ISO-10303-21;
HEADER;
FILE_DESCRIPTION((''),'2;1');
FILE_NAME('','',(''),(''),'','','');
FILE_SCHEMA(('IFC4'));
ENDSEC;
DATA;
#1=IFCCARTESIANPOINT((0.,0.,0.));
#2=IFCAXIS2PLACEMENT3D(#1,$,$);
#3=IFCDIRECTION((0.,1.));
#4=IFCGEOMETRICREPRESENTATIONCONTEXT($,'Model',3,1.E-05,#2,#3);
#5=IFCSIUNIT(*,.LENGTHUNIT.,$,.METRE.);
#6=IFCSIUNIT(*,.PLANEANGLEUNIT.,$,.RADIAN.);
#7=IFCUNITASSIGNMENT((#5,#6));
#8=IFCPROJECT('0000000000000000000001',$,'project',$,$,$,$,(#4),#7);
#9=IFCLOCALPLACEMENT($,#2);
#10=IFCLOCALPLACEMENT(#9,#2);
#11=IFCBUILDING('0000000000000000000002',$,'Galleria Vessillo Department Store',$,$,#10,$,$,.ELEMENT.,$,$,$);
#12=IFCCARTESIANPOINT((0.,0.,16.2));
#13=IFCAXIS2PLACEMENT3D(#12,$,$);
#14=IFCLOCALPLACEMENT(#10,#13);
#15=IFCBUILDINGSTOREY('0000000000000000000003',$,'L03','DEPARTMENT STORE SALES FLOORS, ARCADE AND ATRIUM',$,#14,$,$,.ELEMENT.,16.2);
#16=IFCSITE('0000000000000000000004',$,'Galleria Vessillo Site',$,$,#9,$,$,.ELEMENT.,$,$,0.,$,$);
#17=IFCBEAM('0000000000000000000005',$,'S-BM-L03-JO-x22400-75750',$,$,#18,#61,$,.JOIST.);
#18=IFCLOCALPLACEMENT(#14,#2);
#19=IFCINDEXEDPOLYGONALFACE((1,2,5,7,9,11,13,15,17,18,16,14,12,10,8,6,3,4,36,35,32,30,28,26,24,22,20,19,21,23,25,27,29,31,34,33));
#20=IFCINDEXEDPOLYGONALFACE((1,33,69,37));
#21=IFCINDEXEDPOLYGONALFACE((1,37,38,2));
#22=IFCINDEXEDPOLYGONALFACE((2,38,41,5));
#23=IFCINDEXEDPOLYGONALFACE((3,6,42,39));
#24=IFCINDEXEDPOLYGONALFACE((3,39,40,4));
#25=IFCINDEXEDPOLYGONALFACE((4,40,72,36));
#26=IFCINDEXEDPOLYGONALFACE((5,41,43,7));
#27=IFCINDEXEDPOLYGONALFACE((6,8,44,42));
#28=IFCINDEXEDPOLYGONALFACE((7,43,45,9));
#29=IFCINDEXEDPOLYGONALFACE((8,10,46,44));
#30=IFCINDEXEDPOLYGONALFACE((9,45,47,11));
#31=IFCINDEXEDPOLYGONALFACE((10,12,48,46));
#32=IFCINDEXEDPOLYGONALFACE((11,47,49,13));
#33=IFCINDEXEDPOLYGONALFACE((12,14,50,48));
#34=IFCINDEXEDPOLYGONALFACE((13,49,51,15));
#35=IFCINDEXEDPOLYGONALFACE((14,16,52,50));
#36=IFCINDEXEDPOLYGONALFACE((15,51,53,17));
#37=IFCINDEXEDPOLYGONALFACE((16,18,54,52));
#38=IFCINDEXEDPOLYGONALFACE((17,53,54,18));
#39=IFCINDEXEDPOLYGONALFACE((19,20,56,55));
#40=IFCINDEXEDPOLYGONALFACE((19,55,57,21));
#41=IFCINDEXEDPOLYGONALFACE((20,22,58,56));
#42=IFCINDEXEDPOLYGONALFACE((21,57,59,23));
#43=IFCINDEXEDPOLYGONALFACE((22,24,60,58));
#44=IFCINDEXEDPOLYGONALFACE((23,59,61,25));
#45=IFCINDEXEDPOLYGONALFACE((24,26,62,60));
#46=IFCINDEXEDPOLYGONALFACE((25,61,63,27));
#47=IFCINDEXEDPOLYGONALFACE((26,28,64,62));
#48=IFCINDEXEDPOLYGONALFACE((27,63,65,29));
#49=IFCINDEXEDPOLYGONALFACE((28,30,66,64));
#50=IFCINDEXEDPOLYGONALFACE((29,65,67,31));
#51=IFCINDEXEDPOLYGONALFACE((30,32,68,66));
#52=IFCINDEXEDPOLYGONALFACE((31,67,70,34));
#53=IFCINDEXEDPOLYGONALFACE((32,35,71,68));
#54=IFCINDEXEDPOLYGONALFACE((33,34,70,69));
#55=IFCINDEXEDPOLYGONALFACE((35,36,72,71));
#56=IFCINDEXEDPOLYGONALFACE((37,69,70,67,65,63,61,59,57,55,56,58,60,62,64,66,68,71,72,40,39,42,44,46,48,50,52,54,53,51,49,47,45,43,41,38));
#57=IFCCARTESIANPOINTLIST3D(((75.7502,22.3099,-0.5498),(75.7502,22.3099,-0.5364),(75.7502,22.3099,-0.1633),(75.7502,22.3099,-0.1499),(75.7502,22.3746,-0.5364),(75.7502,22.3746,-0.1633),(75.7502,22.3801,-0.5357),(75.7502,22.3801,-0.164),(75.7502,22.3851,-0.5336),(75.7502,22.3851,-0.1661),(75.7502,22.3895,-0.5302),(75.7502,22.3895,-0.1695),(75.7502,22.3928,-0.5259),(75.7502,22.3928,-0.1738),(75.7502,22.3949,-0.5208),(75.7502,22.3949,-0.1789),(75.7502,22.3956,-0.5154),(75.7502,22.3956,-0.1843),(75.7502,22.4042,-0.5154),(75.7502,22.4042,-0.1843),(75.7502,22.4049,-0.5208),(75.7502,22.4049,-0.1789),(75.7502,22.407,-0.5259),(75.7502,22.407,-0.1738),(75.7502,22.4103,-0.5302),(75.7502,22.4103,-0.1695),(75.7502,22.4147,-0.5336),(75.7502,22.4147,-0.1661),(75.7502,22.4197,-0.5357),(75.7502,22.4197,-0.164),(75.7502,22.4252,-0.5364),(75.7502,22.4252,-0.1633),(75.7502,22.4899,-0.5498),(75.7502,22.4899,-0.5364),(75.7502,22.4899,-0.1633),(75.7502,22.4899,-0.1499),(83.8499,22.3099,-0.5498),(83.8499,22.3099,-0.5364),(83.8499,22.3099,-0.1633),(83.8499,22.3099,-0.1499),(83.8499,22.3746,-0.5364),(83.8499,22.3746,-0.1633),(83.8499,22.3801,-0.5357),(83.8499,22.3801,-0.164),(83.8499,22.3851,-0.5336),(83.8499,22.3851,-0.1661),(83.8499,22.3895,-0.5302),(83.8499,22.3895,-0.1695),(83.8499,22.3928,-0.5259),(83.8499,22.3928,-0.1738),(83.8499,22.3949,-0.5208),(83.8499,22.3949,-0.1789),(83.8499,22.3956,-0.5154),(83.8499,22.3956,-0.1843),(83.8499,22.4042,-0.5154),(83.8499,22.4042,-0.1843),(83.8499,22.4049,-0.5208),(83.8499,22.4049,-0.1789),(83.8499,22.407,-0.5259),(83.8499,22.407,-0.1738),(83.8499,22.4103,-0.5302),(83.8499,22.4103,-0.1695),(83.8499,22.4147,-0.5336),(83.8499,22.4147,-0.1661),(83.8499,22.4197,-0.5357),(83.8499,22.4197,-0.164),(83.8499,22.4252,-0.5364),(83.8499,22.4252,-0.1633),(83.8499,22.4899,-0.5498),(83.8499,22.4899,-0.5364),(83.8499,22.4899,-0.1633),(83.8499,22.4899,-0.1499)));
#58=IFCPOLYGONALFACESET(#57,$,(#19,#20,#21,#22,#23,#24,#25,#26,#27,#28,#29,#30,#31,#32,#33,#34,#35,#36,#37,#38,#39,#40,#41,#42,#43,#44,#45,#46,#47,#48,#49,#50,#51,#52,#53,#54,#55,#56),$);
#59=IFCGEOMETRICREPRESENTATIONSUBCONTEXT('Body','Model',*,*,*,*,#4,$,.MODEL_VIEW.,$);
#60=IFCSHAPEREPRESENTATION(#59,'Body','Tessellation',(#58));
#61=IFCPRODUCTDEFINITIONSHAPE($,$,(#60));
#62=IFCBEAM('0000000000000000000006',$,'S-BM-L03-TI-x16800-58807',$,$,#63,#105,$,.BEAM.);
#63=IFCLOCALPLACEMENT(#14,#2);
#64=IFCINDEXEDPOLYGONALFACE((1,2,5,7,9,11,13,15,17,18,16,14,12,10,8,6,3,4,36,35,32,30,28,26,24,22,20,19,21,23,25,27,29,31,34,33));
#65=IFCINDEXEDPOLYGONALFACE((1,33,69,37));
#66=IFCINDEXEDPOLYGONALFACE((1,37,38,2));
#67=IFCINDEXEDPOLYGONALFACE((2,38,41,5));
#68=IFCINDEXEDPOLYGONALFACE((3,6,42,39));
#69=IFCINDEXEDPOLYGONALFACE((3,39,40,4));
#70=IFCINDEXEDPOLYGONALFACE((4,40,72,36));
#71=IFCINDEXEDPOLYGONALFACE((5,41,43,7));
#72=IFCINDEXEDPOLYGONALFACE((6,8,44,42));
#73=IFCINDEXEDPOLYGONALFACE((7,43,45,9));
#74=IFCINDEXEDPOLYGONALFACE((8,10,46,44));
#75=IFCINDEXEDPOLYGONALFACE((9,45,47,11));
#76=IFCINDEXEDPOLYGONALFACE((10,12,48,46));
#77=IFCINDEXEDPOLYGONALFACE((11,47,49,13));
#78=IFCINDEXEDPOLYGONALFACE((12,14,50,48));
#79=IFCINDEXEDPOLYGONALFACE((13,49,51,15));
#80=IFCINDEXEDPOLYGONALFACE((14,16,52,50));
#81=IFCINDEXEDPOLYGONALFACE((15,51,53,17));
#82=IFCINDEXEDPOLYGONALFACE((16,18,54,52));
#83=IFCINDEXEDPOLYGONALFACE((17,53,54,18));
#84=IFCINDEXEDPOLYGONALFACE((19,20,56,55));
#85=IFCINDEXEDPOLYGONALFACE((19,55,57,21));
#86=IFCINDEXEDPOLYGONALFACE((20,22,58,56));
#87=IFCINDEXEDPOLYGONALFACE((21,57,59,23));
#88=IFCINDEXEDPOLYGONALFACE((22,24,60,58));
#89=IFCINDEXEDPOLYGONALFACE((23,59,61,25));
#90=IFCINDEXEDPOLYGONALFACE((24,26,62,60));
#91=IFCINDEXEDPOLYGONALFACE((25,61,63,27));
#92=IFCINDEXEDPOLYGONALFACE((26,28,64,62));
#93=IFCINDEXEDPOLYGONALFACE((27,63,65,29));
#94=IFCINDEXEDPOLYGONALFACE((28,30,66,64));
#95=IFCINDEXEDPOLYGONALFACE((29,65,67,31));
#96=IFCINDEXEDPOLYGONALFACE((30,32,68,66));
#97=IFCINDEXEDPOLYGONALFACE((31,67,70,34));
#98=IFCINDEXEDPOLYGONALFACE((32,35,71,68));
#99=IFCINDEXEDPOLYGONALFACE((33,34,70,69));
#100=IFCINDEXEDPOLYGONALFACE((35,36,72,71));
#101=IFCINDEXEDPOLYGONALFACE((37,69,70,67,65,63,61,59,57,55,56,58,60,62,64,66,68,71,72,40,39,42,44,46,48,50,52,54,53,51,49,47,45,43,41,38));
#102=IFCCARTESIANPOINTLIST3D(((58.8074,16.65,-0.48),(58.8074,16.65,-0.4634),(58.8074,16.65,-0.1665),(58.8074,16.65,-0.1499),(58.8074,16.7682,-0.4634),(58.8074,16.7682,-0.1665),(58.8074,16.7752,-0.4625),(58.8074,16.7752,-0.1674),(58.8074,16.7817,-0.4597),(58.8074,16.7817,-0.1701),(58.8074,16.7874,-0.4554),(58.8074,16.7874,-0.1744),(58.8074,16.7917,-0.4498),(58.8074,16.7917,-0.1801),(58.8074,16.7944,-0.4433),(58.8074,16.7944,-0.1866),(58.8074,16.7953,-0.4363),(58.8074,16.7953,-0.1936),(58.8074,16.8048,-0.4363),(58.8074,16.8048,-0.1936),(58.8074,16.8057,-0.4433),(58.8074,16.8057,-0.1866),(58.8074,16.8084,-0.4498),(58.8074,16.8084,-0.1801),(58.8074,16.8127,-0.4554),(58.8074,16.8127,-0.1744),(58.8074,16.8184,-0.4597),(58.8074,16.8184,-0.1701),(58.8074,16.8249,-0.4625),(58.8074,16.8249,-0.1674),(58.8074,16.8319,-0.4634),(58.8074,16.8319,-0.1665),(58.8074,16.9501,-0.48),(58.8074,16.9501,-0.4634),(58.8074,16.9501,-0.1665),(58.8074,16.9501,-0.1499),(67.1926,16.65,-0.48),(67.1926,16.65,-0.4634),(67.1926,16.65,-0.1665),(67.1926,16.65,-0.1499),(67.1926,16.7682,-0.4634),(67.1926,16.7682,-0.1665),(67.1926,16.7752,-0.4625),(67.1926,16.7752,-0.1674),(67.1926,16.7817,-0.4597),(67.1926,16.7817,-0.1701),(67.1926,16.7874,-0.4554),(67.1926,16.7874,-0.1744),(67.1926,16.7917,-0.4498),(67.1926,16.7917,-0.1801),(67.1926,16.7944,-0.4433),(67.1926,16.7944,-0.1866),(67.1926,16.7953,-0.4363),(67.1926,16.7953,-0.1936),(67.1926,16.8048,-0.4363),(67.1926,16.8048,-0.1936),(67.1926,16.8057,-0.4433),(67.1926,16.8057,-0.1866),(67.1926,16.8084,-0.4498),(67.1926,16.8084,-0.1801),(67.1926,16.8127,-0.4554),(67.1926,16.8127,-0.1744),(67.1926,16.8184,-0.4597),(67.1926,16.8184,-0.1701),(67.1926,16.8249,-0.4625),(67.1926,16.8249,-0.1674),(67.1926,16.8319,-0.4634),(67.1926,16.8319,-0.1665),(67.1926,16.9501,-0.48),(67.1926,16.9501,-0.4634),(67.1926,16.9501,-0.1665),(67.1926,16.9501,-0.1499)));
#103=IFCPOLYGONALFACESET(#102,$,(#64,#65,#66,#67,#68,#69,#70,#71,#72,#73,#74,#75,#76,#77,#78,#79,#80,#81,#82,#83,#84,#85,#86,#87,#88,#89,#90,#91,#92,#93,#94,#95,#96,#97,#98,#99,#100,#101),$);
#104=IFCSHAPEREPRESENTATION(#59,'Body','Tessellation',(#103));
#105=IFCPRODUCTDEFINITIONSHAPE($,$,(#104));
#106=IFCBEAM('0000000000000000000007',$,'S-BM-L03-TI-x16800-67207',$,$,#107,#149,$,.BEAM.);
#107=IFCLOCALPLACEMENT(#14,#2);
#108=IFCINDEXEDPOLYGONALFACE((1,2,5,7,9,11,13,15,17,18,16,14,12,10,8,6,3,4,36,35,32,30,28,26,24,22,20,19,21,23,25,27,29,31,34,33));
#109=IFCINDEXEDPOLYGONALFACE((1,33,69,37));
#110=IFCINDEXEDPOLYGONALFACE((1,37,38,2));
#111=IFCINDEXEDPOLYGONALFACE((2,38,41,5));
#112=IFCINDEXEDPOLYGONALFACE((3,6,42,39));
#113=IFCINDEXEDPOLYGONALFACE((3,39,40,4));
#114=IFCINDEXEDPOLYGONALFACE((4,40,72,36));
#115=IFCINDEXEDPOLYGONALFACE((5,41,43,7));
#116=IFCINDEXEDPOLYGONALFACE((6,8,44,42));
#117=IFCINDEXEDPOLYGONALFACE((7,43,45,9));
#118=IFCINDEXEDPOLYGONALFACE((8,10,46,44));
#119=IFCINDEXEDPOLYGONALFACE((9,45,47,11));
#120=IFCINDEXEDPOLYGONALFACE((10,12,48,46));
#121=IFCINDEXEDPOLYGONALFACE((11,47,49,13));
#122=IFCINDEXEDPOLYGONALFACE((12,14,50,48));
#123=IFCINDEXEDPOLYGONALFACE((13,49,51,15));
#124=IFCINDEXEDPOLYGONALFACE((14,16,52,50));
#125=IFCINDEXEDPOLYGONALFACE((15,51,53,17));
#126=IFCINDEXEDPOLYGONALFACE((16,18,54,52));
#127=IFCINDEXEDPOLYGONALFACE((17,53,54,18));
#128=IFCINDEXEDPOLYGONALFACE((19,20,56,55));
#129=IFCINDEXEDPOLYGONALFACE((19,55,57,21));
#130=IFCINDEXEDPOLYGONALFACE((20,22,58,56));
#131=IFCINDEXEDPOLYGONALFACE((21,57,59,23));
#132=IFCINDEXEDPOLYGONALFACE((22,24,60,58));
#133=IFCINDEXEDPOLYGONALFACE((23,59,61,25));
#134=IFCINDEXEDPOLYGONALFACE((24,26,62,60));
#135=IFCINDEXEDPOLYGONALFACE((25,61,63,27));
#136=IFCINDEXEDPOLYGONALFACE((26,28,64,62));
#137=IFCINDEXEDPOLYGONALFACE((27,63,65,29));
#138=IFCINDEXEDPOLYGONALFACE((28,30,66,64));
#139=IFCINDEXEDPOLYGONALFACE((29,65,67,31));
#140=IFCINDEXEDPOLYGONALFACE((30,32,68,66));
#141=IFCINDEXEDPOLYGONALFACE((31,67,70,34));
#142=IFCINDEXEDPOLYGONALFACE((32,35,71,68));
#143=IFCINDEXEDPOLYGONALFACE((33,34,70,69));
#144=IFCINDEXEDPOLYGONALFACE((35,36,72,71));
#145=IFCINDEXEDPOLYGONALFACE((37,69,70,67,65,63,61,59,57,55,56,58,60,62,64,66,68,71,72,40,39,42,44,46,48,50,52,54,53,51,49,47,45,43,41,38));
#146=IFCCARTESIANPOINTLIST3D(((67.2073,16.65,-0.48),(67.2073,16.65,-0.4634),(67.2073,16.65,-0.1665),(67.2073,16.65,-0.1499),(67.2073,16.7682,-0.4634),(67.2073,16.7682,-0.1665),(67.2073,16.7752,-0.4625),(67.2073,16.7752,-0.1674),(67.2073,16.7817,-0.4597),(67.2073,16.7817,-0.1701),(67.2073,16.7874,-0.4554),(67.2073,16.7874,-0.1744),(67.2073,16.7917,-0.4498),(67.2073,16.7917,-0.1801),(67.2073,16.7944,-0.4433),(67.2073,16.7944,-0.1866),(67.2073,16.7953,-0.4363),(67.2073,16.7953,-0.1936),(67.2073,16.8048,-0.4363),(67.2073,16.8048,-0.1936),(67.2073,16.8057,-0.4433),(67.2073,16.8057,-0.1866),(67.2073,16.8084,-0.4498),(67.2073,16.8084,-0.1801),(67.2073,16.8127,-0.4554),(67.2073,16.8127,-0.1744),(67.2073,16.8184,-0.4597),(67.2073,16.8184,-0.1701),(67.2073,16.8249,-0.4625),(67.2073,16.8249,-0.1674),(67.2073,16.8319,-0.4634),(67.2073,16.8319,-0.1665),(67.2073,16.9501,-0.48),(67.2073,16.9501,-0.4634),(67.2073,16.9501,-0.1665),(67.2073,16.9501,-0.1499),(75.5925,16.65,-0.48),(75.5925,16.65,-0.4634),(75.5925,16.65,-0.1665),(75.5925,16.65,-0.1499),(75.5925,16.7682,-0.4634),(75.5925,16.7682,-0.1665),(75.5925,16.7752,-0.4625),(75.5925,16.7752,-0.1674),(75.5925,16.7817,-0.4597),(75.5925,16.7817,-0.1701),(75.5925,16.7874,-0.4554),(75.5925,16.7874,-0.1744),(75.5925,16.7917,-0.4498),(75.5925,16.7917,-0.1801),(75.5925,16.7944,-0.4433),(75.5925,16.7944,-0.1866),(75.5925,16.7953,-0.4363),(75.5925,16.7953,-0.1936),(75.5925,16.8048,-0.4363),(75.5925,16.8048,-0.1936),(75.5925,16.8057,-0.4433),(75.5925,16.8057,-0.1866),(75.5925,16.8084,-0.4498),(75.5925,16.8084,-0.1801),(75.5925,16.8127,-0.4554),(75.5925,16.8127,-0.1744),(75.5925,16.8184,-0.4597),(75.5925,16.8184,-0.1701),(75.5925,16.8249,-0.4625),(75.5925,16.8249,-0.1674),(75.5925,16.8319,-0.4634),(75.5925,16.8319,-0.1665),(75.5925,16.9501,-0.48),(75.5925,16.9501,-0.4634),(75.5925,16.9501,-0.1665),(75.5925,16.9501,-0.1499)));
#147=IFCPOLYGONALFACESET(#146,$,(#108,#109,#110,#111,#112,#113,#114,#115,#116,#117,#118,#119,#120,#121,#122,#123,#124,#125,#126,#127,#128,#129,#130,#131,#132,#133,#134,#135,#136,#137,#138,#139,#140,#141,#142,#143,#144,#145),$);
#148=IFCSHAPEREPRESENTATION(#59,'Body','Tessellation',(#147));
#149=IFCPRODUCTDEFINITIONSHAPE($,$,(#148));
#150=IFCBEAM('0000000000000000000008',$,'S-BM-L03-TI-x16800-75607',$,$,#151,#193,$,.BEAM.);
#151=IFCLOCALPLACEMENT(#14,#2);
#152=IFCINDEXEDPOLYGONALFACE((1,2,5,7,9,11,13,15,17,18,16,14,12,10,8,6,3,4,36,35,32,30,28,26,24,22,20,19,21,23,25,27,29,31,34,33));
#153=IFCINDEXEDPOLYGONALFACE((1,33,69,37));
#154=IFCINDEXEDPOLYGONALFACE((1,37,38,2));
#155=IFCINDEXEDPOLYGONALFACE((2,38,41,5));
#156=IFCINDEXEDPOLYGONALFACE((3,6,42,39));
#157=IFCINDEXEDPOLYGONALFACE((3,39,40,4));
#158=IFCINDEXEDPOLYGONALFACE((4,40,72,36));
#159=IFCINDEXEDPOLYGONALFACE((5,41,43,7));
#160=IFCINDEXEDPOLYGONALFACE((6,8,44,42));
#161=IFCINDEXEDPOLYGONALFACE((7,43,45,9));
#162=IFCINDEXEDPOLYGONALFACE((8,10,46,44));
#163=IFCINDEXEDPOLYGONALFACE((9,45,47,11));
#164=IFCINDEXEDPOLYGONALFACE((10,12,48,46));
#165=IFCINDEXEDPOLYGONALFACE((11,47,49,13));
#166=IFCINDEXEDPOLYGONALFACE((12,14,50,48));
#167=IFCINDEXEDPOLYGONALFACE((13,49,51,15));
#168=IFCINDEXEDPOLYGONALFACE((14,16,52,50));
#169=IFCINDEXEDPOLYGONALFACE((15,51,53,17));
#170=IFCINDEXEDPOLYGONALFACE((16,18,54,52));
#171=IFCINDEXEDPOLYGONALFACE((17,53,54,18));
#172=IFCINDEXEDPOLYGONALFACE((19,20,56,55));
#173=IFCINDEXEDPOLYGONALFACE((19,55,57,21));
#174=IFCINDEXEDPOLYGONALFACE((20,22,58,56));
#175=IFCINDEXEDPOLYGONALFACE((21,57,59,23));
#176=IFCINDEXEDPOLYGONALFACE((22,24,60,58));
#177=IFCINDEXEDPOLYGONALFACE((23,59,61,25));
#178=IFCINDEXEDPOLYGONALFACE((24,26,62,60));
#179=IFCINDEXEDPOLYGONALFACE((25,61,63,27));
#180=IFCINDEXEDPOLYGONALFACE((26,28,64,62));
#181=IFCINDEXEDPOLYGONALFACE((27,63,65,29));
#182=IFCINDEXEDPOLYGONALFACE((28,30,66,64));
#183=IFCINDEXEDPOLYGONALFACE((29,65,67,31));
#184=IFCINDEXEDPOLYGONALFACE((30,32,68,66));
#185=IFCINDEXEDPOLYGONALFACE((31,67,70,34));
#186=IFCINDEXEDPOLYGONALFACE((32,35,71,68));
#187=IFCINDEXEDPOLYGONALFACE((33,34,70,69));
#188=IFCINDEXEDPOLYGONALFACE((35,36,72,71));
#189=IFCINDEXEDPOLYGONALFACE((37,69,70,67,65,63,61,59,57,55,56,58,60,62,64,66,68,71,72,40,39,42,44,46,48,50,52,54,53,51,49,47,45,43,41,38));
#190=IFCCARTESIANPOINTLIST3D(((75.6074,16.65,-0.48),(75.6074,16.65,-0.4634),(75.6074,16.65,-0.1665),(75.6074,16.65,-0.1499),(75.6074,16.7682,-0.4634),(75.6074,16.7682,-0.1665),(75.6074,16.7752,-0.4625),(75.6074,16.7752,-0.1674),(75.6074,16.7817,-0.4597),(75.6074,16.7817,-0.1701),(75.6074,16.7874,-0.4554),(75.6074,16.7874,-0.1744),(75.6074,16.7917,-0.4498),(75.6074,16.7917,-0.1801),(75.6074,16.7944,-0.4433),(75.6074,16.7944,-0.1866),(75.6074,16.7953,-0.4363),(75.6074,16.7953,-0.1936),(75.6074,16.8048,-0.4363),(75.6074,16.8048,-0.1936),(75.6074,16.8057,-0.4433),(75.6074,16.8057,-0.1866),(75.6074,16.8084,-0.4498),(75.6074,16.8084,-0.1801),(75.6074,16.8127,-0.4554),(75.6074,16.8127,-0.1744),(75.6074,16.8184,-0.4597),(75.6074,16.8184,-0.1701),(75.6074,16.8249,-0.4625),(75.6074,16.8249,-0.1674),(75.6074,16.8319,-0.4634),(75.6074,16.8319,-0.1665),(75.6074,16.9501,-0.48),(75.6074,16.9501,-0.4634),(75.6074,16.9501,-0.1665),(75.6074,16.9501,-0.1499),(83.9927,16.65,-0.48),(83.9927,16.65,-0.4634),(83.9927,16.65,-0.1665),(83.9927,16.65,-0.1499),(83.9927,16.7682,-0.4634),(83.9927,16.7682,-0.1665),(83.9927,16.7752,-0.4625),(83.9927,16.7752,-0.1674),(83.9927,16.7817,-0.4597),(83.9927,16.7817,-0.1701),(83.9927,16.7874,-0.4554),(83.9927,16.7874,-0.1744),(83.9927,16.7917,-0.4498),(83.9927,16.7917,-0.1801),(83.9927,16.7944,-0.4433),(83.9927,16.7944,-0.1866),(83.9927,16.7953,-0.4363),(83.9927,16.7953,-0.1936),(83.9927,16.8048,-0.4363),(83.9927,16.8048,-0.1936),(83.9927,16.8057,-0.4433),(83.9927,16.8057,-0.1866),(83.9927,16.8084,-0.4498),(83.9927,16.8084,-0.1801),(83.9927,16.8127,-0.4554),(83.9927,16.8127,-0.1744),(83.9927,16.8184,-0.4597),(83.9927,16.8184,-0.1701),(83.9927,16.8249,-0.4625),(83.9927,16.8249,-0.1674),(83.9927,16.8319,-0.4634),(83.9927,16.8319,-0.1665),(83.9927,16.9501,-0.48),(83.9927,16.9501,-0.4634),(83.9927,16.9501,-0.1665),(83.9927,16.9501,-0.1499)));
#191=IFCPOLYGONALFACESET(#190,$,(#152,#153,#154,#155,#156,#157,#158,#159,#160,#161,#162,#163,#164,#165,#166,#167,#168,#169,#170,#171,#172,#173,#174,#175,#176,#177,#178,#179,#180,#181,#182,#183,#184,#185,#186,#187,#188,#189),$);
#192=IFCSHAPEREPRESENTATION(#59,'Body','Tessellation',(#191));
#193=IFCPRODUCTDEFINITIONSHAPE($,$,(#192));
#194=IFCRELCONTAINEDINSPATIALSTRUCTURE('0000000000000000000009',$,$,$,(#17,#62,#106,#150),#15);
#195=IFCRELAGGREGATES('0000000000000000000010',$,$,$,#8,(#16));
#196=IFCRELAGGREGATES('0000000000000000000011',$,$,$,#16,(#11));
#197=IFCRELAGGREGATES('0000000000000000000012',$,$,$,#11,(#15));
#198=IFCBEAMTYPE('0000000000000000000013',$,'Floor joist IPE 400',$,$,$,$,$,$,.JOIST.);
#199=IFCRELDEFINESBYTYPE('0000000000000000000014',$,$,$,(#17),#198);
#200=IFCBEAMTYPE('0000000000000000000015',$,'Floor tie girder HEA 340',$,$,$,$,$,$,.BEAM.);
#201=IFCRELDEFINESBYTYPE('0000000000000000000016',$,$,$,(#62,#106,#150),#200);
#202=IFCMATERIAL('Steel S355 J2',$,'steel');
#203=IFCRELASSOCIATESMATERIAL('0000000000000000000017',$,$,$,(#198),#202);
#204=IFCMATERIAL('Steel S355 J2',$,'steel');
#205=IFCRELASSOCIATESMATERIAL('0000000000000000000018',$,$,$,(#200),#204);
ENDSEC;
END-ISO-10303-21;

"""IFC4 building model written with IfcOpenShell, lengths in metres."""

from ifc_helpers import new_model, si_unit, direction, frame, origin, origin_2d, place, context, subcontext, project, spatial, i_section, extrude, material, material_profile, profile_set, type_object, element, save


model = new_model("IFC4")

# Units and contexts
model_context = context("Model", 3, precision=1e-05, world=origin(), true_north=direction((0.0, 1.0)))
body_context = subcontext(model_context, "Body", "Model", "MODEL_VIEW")
ifc_project = project(units=[si_unit("LENGTHUNIT", "METRE"), si_unit("PLANEANGLEUNIT", "RADIAN")], contexts=[model_context])

# Site, building, storey
site_placement = place(None, origin())
site = spatial("IfcSite", under=ifc_project, at=site_placement, Name="Galleria Vessillo Site", CompositionType="ELEMENT", RefElevation=0.0)
building_placement = place(site_placement, origin())
building = spatial("IfcBuilding", under=site, at=building_placement, Name="Galleria Vessillo Department Store", CompositionType="ELEMENT")
storey_placement = place(building_placement, frame((0.0, 0.0, 16.2)))
storey = spatial("IfcBuildingStorey", under=building, at=storey_placement, Name="L03", Description="DEPARTMENT STORE SALES FLOORS, ARCADE AND ATRIUM", CompositionType="ELEMENT", Elevation=16.2)

# Beams
ifc_material_1 = material(Name="Steel S355 J2", Category="steel")
ifc_material_profile_1 = material_profile(ifc_material_1, i_section(OverallWidth=0.1799, OverallDepth=0.3999, WebThickness=0.0085, FlangeThickness=0.0134, FilletRadius=0.021, at=origin_2d()), Name="IPE 400")
ifc_profile_set_1 = profile_set([ifc_material_profile_1], Name="Steel S355 J2")
beam_type_1 = type_object("IfcBeamType", Name="Floor joist IPE 400", PredefinedType="JOIST", material=ifc_profile_set_1)
for number, where, z_axis, x_axis, name in (
    (1, (75.7502, 22.3999, -0.3499), (1.0, 0.0, 0.0), (0.0, 1.0, 0.0), "S-BM-L03-JO-x22400-75750"),
):
    element("IfcBeam", number, at=place(storey_placement, frame(where, z_axis=z_axis, x_axis=x_axis)), inside=storey, type_object=beam_type_1, Name=name, PredefinedType="JOIST", context=body_context, shape_type="SweptSolid", body=[
        extrude(i_section(OverallWidth=0.1799, OverallDepth=0.3999, WebThickness=0.0085, FlangeThickness=0.0134, FilletRadius=0.021, at=origin_2d()), origin(), (0.0, 0.0, 1.0), 8.0996),
    ])
ifc_material_2 = material(Name="Steel S355 J2", Category="steel")
ifc_material_profile_2 = material_profile(ifc_material_2, i_section(OverallWidth=0.3, OverallDepth=0.3301, WebThickness=0.0095, FlangeThickness=0.0166, FilletRadius=0.0271, at=origin_2d()), Name="HEA 340")
ifc_profile_set_2 = profile_set([ifc_material_profile_2], Name="Steel S355 J2")
beam_type_2 = type_object("IfcBeamType", Name="Floor tie girder HEA 340", PredefinedType="BEAM", material=ifc_profile_set_2)
for number, where, z_axis, x_axis, name in (
    (2, (58.8074, 16.8, -0.3149), (1.0, 0.0, 0.0), (0.0, 1.0, 0.0), "S-BM-L03-TI-x16800-58807"),
    (3, (67.2073, 16.8, -0.3149), (1.0, 0.0, 0.0), (0.0, 1.0, 0.0), "S-BM-L03-TI-x16800-67207"),
    (4, (75.6074, 16.8, -0.3149), (1.0, 0.0, 0.0), (0.0, 1.0, 0.0), "S-BM-L03-TI-x16800-75607"),
):
    element("IfcBeam", number, at=place(storey_placement, frame(where, z_axis=z_axis, x_axis=x_axis)), inside=storey, type_object=beam_type_2, Name=name, PredefinedType="BEAM", context=body_context, shape_type="SweptSolid", body=[
        extrude(i_section(OverallWidth=0.3, OverallDepth=0.3301, WebThickness=0.0095, FlangeThickness=0.0166, FilletRadius=0.0271, at=origin_2d()), origin(), (0.0, 0.0, 1.0), 8.3853),
    ])

save(model, "model.ifc")
